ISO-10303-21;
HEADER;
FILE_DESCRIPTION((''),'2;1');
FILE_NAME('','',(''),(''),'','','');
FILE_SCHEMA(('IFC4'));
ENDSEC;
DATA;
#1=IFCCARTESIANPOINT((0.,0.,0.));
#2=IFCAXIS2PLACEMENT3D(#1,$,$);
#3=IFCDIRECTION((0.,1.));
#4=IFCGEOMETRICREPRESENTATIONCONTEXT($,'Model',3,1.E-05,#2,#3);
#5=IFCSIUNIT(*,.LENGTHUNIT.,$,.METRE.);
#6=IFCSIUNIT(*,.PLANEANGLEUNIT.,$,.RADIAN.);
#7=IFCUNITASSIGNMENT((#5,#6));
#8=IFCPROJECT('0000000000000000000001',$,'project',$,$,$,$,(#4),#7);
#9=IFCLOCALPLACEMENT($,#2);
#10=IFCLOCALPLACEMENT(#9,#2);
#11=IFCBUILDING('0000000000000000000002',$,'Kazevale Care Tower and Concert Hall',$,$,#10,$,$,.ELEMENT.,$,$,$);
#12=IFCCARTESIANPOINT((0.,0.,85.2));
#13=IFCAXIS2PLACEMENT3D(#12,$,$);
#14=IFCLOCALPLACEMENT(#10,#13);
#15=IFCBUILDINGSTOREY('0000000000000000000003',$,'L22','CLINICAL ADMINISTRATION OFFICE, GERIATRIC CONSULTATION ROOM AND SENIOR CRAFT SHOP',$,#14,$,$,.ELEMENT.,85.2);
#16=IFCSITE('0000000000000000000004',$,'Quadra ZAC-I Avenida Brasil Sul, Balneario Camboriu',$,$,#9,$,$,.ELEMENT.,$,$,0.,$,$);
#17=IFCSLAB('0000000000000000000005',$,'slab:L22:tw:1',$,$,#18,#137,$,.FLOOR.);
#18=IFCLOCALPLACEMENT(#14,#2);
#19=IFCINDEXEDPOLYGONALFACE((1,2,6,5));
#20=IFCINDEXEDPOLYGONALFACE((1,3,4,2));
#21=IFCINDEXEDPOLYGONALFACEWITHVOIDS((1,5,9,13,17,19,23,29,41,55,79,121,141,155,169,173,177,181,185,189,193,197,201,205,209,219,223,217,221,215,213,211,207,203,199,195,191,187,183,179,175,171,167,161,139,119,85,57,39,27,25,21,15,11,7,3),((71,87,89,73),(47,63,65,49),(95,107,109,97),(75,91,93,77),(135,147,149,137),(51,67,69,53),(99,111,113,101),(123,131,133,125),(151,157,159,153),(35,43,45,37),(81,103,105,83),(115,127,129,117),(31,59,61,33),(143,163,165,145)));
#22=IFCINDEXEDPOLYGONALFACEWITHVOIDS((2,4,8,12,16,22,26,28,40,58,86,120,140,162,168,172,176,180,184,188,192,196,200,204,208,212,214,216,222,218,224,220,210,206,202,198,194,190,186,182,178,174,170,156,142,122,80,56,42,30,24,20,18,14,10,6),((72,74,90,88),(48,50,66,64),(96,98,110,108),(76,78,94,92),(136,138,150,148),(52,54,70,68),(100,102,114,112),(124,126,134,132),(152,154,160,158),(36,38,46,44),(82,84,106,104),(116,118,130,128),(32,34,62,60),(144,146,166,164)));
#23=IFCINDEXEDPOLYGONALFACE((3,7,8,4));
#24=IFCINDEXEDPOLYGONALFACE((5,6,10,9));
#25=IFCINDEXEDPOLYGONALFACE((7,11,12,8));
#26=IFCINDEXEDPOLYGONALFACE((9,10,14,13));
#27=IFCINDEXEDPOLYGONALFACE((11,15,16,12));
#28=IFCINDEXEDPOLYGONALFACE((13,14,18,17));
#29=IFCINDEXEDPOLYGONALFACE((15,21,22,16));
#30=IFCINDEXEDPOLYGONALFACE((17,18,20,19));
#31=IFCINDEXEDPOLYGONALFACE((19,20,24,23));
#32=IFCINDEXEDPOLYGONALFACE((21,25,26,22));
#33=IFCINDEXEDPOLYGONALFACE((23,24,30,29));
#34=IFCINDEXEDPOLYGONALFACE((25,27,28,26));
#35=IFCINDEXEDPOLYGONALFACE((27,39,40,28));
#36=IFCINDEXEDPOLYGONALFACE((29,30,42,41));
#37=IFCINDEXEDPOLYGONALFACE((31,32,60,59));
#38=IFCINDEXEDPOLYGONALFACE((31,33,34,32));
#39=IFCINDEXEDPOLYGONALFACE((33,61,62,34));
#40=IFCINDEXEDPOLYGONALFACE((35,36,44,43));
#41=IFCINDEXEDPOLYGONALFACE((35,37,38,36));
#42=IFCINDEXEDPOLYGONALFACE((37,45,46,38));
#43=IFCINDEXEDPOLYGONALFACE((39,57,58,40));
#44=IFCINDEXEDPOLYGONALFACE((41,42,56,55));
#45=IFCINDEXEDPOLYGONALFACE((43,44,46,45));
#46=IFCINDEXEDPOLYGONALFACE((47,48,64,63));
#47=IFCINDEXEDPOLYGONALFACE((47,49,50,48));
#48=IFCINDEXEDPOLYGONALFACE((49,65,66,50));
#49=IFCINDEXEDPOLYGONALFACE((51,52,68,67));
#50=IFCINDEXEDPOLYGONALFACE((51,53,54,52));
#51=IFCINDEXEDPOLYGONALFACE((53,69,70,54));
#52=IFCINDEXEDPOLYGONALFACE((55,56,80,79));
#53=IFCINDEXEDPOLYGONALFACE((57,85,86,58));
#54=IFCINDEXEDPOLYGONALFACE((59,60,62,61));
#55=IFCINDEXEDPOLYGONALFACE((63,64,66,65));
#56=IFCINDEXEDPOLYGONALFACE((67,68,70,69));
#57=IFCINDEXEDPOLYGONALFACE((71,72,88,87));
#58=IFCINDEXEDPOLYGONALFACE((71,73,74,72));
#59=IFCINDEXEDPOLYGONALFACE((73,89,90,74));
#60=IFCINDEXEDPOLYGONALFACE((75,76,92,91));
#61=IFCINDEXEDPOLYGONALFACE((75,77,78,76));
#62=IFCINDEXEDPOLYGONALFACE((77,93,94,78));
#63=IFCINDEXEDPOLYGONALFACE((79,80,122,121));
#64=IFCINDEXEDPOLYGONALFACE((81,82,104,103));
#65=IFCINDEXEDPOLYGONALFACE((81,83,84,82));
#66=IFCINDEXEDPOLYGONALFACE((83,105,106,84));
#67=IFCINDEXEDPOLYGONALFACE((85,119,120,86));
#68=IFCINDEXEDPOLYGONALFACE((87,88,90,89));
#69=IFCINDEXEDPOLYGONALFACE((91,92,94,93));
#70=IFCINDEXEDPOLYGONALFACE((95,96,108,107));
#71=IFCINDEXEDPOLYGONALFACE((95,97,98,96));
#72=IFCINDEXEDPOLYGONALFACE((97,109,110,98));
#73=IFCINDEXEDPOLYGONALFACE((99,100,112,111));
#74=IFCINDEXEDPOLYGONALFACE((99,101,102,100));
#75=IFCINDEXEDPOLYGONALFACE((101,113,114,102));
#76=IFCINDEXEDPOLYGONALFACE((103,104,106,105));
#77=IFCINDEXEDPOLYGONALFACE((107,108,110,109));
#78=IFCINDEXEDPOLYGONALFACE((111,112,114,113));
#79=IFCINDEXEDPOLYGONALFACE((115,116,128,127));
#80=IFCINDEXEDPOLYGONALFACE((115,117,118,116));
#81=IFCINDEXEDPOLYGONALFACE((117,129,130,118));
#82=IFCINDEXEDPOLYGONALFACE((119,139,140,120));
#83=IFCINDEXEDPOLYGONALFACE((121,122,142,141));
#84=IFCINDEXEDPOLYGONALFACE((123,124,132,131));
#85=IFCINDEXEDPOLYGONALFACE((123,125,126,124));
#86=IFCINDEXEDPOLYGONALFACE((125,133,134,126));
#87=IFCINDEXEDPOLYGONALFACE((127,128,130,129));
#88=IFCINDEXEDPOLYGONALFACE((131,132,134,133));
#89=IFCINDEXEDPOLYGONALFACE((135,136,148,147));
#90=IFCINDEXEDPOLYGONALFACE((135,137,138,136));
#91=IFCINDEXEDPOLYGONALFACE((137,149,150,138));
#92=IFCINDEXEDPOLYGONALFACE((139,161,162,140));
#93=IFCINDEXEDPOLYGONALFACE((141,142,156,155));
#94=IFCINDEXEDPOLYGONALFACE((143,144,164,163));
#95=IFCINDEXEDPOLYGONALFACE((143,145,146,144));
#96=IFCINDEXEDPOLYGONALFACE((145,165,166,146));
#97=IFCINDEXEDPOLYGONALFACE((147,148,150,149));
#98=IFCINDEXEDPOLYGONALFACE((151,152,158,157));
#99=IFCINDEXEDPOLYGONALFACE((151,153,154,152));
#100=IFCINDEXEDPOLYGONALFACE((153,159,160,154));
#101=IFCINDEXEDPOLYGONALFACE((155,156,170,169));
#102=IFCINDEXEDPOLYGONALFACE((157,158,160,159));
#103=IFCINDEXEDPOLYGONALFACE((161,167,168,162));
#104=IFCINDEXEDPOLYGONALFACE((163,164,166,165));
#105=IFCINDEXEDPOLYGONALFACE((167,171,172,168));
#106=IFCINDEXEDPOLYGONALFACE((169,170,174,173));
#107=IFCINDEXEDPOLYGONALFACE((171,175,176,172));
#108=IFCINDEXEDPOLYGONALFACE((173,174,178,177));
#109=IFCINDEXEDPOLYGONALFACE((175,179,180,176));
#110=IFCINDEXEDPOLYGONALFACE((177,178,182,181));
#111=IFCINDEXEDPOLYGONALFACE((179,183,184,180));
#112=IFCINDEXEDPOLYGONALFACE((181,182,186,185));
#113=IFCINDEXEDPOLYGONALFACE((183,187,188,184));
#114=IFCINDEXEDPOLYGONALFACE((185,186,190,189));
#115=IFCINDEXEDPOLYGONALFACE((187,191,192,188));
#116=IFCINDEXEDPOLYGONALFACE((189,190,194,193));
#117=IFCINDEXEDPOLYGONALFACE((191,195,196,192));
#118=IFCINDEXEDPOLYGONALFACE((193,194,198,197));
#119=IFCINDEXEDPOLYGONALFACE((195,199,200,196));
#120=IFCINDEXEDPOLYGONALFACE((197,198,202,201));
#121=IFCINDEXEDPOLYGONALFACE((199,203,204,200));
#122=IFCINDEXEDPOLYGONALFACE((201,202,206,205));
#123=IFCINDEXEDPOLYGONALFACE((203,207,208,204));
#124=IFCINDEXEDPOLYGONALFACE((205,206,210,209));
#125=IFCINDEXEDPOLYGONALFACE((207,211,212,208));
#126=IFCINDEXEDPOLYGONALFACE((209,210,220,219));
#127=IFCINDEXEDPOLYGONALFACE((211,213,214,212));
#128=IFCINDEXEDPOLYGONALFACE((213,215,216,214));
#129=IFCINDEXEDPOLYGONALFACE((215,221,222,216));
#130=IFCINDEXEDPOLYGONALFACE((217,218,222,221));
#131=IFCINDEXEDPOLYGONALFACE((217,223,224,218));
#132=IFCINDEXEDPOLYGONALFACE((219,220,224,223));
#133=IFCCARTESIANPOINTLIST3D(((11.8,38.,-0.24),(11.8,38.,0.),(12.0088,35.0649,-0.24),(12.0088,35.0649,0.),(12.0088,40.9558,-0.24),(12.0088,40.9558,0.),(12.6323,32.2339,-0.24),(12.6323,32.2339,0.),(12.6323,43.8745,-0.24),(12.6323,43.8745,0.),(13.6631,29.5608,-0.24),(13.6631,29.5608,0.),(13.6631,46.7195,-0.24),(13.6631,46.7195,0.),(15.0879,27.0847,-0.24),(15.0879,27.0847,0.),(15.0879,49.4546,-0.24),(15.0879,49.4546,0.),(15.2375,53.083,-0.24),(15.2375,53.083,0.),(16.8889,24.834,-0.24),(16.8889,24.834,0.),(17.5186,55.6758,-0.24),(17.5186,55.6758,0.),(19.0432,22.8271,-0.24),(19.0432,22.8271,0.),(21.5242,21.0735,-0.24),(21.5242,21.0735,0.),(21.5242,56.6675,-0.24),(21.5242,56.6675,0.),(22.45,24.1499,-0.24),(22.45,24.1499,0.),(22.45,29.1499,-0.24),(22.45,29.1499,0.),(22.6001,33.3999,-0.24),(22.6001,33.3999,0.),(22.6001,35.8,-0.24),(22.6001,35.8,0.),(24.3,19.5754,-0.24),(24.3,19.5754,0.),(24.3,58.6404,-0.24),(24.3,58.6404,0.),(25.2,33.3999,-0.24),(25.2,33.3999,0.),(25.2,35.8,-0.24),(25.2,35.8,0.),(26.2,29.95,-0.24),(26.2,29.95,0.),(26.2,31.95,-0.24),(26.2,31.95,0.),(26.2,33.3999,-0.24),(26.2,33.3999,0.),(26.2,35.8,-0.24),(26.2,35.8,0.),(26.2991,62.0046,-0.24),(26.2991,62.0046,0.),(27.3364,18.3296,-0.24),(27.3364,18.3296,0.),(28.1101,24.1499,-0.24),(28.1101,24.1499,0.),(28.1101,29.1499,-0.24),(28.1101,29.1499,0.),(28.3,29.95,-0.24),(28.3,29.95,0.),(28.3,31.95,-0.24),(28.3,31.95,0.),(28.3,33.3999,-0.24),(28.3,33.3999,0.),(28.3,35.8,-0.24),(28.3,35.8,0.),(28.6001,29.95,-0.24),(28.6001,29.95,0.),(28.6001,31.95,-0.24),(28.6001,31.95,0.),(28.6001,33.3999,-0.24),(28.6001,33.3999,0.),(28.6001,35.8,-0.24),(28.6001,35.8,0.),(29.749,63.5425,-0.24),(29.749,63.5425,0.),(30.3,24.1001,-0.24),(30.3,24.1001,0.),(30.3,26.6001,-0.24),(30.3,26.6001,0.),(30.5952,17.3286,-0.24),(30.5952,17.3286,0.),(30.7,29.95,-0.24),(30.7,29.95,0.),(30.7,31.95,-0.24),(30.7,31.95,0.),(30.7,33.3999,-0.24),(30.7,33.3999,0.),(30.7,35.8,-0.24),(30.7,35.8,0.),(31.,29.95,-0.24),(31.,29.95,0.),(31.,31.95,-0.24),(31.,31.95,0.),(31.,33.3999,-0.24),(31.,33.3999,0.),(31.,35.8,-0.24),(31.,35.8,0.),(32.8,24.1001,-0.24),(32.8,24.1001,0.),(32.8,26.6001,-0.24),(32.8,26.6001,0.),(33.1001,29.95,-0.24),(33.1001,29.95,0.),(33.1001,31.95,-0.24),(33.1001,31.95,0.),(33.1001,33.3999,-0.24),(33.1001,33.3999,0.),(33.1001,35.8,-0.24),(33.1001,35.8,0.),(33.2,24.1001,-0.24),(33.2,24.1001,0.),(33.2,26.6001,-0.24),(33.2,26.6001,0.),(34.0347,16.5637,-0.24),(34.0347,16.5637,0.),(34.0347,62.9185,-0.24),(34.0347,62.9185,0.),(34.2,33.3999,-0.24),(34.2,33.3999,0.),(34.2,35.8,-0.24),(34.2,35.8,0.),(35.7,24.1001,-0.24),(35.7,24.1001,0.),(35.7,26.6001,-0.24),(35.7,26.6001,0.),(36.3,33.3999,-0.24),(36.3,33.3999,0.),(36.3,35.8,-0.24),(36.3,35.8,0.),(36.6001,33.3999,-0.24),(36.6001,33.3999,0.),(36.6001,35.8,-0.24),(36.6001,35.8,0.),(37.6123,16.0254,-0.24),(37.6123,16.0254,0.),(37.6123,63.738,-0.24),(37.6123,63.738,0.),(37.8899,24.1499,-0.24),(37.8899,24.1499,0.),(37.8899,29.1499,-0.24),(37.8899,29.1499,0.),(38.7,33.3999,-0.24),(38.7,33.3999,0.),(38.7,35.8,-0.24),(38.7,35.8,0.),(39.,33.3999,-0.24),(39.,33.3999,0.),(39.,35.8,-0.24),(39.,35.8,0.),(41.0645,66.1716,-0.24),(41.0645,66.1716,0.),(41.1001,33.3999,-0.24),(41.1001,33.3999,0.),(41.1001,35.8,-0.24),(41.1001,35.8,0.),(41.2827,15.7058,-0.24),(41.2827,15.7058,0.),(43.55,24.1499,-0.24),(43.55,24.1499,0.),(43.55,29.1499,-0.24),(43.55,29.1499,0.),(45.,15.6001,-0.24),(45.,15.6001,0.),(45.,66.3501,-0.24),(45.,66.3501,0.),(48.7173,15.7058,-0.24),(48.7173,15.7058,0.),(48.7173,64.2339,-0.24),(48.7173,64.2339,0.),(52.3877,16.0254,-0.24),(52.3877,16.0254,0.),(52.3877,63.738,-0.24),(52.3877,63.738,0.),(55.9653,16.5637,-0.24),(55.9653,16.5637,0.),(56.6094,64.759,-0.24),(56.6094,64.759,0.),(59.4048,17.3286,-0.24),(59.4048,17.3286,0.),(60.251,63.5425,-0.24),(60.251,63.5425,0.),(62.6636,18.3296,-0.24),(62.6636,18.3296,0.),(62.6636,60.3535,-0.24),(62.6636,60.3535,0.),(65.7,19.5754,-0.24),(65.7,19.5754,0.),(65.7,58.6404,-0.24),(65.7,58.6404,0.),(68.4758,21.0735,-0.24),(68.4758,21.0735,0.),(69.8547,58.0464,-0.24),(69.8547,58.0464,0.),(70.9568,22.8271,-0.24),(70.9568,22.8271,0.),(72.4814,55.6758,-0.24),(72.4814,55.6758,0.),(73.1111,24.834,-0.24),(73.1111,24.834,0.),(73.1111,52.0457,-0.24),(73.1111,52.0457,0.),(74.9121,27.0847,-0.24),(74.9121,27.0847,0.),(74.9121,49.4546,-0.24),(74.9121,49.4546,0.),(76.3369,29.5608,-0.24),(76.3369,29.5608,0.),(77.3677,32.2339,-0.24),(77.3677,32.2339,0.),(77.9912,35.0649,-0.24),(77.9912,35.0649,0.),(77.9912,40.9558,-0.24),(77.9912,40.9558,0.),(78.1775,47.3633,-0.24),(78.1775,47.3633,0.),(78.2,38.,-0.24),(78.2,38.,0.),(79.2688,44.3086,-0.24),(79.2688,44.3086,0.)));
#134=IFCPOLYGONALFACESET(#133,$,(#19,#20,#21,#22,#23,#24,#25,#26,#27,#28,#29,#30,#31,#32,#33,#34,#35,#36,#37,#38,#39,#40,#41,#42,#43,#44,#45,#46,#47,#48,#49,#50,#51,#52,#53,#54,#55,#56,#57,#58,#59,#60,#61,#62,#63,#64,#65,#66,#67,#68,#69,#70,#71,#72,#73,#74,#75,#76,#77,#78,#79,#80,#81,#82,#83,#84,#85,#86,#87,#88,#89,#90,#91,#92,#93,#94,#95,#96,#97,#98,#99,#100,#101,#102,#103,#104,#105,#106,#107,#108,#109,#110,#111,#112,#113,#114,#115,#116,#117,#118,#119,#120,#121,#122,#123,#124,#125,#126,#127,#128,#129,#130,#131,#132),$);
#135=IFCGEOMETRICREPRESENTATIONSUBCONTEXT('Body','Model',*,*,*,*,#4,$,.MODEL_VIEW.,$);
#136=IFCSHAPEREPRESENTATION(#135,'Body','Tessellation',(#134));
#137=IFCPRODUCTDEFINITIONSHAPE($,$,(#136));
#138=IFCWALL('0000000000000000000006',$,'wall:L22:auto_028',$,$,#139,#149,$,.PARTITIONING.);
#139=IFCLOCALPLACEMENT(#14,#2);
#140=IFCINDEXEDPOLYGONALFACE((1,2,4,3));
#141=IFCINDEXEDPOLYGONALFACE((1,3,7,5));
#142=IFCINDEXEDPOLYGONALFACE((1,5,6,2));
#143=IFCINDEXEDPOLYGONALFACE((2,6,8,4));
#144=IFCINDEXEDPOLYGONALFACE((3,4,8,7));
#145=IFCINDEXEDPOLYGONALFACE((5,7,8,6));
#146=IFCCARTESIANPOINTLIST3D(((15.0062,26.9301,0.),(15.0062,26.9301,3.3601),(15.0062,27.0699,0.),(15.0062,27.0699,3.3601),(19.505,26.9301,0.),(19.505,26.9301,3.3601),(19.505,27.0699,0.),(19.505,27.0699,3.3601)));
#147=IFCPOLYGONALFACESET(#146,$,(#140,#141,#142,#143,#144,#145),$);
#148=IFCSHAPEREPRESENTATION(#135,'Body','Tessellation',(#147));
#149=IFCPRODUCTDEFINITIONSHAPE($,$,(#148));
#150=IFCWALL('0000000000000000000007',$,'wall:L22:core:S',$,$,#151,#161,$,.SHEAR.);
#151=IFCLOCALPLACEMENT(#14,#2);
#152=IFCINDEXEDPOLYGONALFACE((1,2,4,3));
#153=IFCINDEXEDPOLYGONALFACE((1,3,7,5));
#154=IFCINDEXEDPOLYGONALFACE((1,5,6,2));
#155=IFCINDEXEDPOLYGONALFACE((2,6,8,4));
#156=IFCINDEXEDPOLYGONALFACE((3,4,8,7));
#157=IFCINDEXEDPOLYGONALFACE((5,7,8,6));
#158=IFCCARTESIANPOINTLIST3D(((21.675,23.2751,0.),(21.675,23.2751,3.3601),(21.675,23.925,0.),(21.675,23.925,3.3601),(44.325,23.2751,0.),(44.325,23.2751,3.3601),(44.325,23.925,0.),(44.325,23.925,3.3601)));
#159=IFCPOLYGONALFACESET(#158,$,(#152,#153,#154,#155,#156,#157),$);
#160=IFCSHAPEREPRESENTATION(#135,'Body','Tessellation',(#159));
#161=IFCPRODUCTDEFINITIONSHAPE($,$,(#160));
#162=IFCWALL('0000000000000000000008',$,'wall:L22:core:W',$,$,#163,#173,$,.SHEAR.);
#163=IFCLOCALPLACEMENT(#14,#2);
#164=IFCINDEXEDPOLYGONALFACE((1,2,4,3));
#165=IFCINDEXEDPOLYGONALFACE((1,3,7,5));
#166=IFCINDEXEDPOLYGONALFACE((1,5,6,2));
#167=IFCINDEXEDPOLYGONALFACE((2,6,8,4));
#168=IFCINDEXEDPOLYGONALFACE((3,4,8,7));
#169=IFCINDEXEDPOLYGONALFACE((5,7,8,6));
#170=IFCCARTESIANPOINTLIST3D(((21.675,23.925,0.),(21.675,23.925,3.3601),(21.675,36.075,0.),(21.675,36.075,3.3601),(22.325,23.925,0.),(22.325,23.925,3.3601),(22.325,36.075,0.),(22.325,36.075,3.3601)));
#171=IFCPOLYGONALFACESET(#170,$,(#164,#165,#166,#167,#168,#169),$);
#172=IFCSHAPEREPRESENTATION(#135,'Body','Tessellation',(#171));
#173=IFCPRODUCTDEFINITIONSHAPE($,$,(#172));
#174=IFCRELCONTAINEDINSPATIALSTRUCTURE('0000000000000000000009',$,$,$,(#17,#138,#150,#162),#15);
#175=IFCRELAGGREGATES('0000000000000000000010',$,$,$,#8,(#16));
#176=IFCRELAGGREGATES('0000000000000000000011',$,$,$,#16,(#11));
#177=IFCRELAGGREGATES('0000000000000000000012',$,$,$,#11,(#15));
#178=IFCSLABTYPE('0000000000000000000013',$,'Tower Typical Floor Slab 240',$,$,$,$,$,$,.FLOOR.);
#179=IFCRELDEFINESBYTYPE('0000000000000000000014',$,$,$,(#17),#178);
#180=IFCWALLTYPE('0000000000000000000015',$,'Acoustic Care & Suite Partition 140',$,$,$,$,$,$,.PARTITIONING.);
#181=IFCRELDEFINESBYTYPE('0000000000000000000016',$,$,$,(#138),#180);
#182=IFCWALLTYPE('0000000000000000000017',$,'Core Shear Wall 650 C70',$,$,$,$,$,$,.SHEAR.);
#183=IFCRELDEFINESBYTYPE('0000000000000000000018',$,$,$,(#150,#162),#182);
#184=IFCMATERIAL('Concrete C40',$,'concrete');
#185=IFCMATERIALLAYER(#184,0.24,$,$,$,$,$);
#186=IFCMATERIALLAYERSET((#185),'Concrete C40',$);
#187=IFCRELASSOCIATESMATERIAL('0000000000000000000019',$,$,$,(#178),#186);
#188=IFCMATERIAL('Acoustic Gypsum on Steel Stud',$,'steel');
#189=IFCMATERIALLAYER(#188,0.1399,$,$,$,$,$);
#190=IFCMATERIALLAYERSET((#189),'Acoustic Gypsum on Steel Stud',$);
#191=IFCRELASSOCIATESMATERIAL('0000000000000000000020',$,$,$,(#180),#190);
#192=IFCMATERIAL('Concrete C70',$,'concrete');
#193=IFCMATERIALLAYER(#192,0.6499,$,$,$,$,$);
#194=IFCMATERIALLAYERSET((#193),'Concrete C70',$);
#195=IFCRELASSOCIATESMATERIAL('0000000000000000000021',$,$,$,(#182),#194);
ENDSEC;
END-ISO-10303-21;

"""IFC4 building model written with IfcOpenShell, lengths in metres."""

from ifc_helpers import new_model, si_unit, direction, frame, frame_2d, origin, place, context, subcontext, project, spatial, polyline, rectangle, outline, extrude, material, layer, layer_set, type_object, element, save


model = new_model("IFC4")

# Units and contexts
model_context = context("Model", 3, precision=1e-05, world=origin(), true_north=direction((0.0, 1.0)))
body_context = subcontext(model_context, "Body", "Model", "MODEL_VIEW")
ifc_project = project(units=[si_unit("LENGTHUNIT", "METRE"), si_unit("PLANEANGLEUNIT", "RADIAN")], contexts=[model_context])

# Site, building, storey
site_placement = place(None, origin())
site = spatial("IfcSite", under=ifc_project, at=site_placement, Name="Quadra ZAC-I Avenida Brasil Sul, Balneario Camboriu", CompositionType="ELEMENT", RefElevation=0.0)
building_placement = place(site_placement, origin())
building = spatial("IfcBuilding", under=site, at=building_placement, Name="Kazevale Care Tower and Concert Hall", CompositionType="ELEMENT")
storey_placement = place(building_placement, frame((0.0, 0.0, 85.2)))
storey = spatial("IfcBuildingStorey", under=building, at=storey_placement, Name="L22", Description="CLINICAL ADMINISTRATION OFFICE, GERIATRIC CONSULTATION ROOM AND SENIOR CRAFT SHOP", CompositionType="ELEMENT", Elevation=85.2)

# Shared definitions
ifc_material_1 = material(Name="Concrete C70", Category="concrete")

# Shared definitions
ifc_material_2 = material(Name="Concrete C40", Category="concrete")

# Slab
ifc_layer_1 = layer(ifc_material_2, 0.24)
ifc_layer_set_1 = layer_set([ifc_layer_1], Name="Concrete C40")
slab_type_1 = type_object("IfcSlabType", Name="Tower Typical Floor Slab 240", PredefinedType="FLOOR", material=ifc_layer_set_1)
slab_1_placement = place(storey_placement, frame((0.0, 0.0, -0.24)))
element("IfcSlab", 1, at=slab_1_placement, inside=storey, type_object=slab_type_1, Name="slab:L22:tw:1", PredefinedType="FLOOR", context=body_context, shape_type="SweptSolid", body=[
    extrude(outline(polyline([(78.2, 38.0), (77.9912, 40.9558), (79.2688, 44.3086), (78.1775, 47.3633), (74.9121, 49.4546), (73.1111, 52.0457), (72.4814, 55.6758), (69.8547, 58.0464), (65.7, 58.6404), (62.6636, 60.3535), (60.251, 63.5425), (56.6094, 64.759), (52.3877, 63.738), (48.7173, 64.2339), (45.0, 66.3501), (41.0645, 66.1716), (37.6123, 63.738), (34.0347, 62.9185), (29.749, 63.5425), (26.2991, 62.0046), (24.3, 58.6404), (21.5242, 56.6675), (17.5186, 55.6758), (15.2375, 53.083), (15.0879, 49.4546), (13.6631, 46.7195), (12.6323, 43.8745), (12.0088, 40.9558), (11.8, 38.0), (12.0088, 35.0649), (12.6323, 32.2339), (13.6631, 29.5608), (15.0879, 27.0847), (16.8889, 24.834), (19.0432, 22.8271), (21.5242, 21.0735), (24.3, 19.5754), (27.3364, 18.3296), (30.5952, 17.3286), (34.0347, 16.5637), (37.6123, 16.0254), (41.2827, 15.7058), (45.0, 15.6001), (48.7173, 15.7058), (52.3877, 16.0254), (55.9653, 16.5637), (59.4048, 17.3286), (62.6636, 18.3296), (65.7, 19.5754), (68.4758, 21.0735), (70.9568, 22.8271), (73.1111, 24.834), (74.9121, 27.0847), (76.3369, 29.5608), (77.3677, 32.2339), (77.9912, 35.0649), (78.2, 38.0)]), holes=[polyline([(22.45, 24.1499), (28.1101, 24.1499), (28.1101, 29.1499), (22.45, 29.1499), (22.45, 24.1499)]), polyline([(37.8899, 24.1499), (43.55, 24.1499), (43.55, 29.1499), (37.8899, 29.1499), (37.8899, 24.1499)]), polyline([(30.3, 24.1001), (32.8, 24.1001), (32.8, 26.6001), (30.3, 26.6001), (30.3, 24.1001)]), polyline([(33.2, 24.1001), (35.7, 24.1001), (35.7, 26.6001), (33.2, 26.6001), (33.2, 24.1001)]), polyline([(22.6001, 33.3999), (25.2, 33.3999), (25.2, 35.8), (22.6001, 35.8), (22.6001, 33.3999)]), polyline([(26.2, 33.3999), (28.3, 33.3999), (28.3, 35.8), (26.2, 35.8), (26.2, 33.3999)]), polyline([(28.6001, 33.3999), (30.7, 33.3999), (30.7, 35.8), (28.6001, 35.8), (28.6001, 33.3999)]), polyline([(31.0, 33.3999), (33.1001, 33.3999), (33.1001, 35.8), (31.0, 35.8), (31.0, 33.3999)]), polyline([(34.2, 33.3999), (36.3, 33.3999), (36.3, 35.8), (34.2, 35.8), (34.2, 33.3999)]), polyline([(36.6001, 33.3999), (38.7, 33.3999), (38.7, 35.8), (36.6001, 35.8), (36.6001, 33.3999)]), polyline([(39.0, 33.3999), (41.1001, 33.3999), (41.1001, 35.8), (39.0, 35.8), (39.0, 33.3999)]), polyline([(26.2, 29.95), (28.3, 29.95), (28.3, 31.95), (26.2, 31.95), (26.2, 29.95)]), polyline([(28.6001, 29.95), (30.7, 29.95), (30.7, 31.95), (28.6001, 31.95), (28.6001, 29.95)]), polyline([(31.0, 29.95), (33.1001, 29.95), (33.1001, 31.95), (31.0, 31.95), (31.0, 29.95)])]), origin(), (0.0, 0.0, 1.0), 0.24),
])

# Walls
ifc_material_3 = material(Name="Acoustic Gypsum on Steel Stud", Category="steel")
ifc_layer_2 = layer(ifc_material_3, 0.1399)
ifc_layer_set_2 = layer_set([ifc_layer_2], Name="Acoustic Gypsum on Steel Stud")
wall_type_1 = type_object("IfcWallType", Name="Acoustic Care & Suite Partition 140", PredefinedType="PARTITIONING", material=ifc_layer_set_2)
wall_1_placement = place(storey_placement, frame((15.0061, 27.0, 0.0), z_axis=(0.0, 0.0, 1.0), x_axis=(1.0, 0.0, 0.0)))
element("IfcWall", 2, at=wall_1_placement, inside=storey, type_object=wall_type_1, Name="wall:L22:auto_028", PredefinedType="PARTITIONING", context=body_context, shape_type="SweptSolid", body=[
    extrude(rectangle(XDim=4.4988, YDim=0.1399, at=frame_2d((2.2495, 0.0))), origin(), (0.0, 0.0, 1.0), 3.3601),
])
ifc_layer_3 = layer(ifc_material_1, 0.6499)
ifc_layer_set_3 = layer_set([ifc_layer_3], Name="Concrete C70")
wall_type_2 = type_object("IfcWallType", Name="Core Shear Wall 650 C70", PredefinedType="SHEAR", material=ifc_layer_set_3)
wall_2_placement = place(storey_placement, frame((21.675, 23.6001, 0.0), z_axis=(0.0, 0.0, 1.0), x_axis=(1.0, 0.0, 0.0)))
element("IfcWall", 3, at=wall_2_placement, inside=storey, type_object=wall_type_2, Name="wall:L22:core:S", PredefinedType="SHEAR", context=body_context, shape_type="SweptSolid", body=[
    extrude(rectangle(XDim=22.6499, YDim=0.6499, at=frame_2d((11.325, 0.0))), origin(), (0.0, 0.0, 1.0), 3.3601),
])
wall_3_placement = place(storey_placement, frame((22.0, 23.925, 0.0), z_axis=(0.0, 0.0, 1.0), x_axis=(0.0, 1.0, 0.0)))
element("IfcWall", 4, at=wall_3_placement, inside=storey, type_object=wall_type_2, Name="wall:L22:core:W", PredefinedType="SHEAR", context=body_context, shape_type="SweptSolid", body=[
    extrude(rectangle(XDim=12.1499, YDim=0.6499, at=frame_2d((6.075, 0.0))), origin(), (0.0, 0.0, 1.0), 3.3601),
])

save(model, "model.ifc")
